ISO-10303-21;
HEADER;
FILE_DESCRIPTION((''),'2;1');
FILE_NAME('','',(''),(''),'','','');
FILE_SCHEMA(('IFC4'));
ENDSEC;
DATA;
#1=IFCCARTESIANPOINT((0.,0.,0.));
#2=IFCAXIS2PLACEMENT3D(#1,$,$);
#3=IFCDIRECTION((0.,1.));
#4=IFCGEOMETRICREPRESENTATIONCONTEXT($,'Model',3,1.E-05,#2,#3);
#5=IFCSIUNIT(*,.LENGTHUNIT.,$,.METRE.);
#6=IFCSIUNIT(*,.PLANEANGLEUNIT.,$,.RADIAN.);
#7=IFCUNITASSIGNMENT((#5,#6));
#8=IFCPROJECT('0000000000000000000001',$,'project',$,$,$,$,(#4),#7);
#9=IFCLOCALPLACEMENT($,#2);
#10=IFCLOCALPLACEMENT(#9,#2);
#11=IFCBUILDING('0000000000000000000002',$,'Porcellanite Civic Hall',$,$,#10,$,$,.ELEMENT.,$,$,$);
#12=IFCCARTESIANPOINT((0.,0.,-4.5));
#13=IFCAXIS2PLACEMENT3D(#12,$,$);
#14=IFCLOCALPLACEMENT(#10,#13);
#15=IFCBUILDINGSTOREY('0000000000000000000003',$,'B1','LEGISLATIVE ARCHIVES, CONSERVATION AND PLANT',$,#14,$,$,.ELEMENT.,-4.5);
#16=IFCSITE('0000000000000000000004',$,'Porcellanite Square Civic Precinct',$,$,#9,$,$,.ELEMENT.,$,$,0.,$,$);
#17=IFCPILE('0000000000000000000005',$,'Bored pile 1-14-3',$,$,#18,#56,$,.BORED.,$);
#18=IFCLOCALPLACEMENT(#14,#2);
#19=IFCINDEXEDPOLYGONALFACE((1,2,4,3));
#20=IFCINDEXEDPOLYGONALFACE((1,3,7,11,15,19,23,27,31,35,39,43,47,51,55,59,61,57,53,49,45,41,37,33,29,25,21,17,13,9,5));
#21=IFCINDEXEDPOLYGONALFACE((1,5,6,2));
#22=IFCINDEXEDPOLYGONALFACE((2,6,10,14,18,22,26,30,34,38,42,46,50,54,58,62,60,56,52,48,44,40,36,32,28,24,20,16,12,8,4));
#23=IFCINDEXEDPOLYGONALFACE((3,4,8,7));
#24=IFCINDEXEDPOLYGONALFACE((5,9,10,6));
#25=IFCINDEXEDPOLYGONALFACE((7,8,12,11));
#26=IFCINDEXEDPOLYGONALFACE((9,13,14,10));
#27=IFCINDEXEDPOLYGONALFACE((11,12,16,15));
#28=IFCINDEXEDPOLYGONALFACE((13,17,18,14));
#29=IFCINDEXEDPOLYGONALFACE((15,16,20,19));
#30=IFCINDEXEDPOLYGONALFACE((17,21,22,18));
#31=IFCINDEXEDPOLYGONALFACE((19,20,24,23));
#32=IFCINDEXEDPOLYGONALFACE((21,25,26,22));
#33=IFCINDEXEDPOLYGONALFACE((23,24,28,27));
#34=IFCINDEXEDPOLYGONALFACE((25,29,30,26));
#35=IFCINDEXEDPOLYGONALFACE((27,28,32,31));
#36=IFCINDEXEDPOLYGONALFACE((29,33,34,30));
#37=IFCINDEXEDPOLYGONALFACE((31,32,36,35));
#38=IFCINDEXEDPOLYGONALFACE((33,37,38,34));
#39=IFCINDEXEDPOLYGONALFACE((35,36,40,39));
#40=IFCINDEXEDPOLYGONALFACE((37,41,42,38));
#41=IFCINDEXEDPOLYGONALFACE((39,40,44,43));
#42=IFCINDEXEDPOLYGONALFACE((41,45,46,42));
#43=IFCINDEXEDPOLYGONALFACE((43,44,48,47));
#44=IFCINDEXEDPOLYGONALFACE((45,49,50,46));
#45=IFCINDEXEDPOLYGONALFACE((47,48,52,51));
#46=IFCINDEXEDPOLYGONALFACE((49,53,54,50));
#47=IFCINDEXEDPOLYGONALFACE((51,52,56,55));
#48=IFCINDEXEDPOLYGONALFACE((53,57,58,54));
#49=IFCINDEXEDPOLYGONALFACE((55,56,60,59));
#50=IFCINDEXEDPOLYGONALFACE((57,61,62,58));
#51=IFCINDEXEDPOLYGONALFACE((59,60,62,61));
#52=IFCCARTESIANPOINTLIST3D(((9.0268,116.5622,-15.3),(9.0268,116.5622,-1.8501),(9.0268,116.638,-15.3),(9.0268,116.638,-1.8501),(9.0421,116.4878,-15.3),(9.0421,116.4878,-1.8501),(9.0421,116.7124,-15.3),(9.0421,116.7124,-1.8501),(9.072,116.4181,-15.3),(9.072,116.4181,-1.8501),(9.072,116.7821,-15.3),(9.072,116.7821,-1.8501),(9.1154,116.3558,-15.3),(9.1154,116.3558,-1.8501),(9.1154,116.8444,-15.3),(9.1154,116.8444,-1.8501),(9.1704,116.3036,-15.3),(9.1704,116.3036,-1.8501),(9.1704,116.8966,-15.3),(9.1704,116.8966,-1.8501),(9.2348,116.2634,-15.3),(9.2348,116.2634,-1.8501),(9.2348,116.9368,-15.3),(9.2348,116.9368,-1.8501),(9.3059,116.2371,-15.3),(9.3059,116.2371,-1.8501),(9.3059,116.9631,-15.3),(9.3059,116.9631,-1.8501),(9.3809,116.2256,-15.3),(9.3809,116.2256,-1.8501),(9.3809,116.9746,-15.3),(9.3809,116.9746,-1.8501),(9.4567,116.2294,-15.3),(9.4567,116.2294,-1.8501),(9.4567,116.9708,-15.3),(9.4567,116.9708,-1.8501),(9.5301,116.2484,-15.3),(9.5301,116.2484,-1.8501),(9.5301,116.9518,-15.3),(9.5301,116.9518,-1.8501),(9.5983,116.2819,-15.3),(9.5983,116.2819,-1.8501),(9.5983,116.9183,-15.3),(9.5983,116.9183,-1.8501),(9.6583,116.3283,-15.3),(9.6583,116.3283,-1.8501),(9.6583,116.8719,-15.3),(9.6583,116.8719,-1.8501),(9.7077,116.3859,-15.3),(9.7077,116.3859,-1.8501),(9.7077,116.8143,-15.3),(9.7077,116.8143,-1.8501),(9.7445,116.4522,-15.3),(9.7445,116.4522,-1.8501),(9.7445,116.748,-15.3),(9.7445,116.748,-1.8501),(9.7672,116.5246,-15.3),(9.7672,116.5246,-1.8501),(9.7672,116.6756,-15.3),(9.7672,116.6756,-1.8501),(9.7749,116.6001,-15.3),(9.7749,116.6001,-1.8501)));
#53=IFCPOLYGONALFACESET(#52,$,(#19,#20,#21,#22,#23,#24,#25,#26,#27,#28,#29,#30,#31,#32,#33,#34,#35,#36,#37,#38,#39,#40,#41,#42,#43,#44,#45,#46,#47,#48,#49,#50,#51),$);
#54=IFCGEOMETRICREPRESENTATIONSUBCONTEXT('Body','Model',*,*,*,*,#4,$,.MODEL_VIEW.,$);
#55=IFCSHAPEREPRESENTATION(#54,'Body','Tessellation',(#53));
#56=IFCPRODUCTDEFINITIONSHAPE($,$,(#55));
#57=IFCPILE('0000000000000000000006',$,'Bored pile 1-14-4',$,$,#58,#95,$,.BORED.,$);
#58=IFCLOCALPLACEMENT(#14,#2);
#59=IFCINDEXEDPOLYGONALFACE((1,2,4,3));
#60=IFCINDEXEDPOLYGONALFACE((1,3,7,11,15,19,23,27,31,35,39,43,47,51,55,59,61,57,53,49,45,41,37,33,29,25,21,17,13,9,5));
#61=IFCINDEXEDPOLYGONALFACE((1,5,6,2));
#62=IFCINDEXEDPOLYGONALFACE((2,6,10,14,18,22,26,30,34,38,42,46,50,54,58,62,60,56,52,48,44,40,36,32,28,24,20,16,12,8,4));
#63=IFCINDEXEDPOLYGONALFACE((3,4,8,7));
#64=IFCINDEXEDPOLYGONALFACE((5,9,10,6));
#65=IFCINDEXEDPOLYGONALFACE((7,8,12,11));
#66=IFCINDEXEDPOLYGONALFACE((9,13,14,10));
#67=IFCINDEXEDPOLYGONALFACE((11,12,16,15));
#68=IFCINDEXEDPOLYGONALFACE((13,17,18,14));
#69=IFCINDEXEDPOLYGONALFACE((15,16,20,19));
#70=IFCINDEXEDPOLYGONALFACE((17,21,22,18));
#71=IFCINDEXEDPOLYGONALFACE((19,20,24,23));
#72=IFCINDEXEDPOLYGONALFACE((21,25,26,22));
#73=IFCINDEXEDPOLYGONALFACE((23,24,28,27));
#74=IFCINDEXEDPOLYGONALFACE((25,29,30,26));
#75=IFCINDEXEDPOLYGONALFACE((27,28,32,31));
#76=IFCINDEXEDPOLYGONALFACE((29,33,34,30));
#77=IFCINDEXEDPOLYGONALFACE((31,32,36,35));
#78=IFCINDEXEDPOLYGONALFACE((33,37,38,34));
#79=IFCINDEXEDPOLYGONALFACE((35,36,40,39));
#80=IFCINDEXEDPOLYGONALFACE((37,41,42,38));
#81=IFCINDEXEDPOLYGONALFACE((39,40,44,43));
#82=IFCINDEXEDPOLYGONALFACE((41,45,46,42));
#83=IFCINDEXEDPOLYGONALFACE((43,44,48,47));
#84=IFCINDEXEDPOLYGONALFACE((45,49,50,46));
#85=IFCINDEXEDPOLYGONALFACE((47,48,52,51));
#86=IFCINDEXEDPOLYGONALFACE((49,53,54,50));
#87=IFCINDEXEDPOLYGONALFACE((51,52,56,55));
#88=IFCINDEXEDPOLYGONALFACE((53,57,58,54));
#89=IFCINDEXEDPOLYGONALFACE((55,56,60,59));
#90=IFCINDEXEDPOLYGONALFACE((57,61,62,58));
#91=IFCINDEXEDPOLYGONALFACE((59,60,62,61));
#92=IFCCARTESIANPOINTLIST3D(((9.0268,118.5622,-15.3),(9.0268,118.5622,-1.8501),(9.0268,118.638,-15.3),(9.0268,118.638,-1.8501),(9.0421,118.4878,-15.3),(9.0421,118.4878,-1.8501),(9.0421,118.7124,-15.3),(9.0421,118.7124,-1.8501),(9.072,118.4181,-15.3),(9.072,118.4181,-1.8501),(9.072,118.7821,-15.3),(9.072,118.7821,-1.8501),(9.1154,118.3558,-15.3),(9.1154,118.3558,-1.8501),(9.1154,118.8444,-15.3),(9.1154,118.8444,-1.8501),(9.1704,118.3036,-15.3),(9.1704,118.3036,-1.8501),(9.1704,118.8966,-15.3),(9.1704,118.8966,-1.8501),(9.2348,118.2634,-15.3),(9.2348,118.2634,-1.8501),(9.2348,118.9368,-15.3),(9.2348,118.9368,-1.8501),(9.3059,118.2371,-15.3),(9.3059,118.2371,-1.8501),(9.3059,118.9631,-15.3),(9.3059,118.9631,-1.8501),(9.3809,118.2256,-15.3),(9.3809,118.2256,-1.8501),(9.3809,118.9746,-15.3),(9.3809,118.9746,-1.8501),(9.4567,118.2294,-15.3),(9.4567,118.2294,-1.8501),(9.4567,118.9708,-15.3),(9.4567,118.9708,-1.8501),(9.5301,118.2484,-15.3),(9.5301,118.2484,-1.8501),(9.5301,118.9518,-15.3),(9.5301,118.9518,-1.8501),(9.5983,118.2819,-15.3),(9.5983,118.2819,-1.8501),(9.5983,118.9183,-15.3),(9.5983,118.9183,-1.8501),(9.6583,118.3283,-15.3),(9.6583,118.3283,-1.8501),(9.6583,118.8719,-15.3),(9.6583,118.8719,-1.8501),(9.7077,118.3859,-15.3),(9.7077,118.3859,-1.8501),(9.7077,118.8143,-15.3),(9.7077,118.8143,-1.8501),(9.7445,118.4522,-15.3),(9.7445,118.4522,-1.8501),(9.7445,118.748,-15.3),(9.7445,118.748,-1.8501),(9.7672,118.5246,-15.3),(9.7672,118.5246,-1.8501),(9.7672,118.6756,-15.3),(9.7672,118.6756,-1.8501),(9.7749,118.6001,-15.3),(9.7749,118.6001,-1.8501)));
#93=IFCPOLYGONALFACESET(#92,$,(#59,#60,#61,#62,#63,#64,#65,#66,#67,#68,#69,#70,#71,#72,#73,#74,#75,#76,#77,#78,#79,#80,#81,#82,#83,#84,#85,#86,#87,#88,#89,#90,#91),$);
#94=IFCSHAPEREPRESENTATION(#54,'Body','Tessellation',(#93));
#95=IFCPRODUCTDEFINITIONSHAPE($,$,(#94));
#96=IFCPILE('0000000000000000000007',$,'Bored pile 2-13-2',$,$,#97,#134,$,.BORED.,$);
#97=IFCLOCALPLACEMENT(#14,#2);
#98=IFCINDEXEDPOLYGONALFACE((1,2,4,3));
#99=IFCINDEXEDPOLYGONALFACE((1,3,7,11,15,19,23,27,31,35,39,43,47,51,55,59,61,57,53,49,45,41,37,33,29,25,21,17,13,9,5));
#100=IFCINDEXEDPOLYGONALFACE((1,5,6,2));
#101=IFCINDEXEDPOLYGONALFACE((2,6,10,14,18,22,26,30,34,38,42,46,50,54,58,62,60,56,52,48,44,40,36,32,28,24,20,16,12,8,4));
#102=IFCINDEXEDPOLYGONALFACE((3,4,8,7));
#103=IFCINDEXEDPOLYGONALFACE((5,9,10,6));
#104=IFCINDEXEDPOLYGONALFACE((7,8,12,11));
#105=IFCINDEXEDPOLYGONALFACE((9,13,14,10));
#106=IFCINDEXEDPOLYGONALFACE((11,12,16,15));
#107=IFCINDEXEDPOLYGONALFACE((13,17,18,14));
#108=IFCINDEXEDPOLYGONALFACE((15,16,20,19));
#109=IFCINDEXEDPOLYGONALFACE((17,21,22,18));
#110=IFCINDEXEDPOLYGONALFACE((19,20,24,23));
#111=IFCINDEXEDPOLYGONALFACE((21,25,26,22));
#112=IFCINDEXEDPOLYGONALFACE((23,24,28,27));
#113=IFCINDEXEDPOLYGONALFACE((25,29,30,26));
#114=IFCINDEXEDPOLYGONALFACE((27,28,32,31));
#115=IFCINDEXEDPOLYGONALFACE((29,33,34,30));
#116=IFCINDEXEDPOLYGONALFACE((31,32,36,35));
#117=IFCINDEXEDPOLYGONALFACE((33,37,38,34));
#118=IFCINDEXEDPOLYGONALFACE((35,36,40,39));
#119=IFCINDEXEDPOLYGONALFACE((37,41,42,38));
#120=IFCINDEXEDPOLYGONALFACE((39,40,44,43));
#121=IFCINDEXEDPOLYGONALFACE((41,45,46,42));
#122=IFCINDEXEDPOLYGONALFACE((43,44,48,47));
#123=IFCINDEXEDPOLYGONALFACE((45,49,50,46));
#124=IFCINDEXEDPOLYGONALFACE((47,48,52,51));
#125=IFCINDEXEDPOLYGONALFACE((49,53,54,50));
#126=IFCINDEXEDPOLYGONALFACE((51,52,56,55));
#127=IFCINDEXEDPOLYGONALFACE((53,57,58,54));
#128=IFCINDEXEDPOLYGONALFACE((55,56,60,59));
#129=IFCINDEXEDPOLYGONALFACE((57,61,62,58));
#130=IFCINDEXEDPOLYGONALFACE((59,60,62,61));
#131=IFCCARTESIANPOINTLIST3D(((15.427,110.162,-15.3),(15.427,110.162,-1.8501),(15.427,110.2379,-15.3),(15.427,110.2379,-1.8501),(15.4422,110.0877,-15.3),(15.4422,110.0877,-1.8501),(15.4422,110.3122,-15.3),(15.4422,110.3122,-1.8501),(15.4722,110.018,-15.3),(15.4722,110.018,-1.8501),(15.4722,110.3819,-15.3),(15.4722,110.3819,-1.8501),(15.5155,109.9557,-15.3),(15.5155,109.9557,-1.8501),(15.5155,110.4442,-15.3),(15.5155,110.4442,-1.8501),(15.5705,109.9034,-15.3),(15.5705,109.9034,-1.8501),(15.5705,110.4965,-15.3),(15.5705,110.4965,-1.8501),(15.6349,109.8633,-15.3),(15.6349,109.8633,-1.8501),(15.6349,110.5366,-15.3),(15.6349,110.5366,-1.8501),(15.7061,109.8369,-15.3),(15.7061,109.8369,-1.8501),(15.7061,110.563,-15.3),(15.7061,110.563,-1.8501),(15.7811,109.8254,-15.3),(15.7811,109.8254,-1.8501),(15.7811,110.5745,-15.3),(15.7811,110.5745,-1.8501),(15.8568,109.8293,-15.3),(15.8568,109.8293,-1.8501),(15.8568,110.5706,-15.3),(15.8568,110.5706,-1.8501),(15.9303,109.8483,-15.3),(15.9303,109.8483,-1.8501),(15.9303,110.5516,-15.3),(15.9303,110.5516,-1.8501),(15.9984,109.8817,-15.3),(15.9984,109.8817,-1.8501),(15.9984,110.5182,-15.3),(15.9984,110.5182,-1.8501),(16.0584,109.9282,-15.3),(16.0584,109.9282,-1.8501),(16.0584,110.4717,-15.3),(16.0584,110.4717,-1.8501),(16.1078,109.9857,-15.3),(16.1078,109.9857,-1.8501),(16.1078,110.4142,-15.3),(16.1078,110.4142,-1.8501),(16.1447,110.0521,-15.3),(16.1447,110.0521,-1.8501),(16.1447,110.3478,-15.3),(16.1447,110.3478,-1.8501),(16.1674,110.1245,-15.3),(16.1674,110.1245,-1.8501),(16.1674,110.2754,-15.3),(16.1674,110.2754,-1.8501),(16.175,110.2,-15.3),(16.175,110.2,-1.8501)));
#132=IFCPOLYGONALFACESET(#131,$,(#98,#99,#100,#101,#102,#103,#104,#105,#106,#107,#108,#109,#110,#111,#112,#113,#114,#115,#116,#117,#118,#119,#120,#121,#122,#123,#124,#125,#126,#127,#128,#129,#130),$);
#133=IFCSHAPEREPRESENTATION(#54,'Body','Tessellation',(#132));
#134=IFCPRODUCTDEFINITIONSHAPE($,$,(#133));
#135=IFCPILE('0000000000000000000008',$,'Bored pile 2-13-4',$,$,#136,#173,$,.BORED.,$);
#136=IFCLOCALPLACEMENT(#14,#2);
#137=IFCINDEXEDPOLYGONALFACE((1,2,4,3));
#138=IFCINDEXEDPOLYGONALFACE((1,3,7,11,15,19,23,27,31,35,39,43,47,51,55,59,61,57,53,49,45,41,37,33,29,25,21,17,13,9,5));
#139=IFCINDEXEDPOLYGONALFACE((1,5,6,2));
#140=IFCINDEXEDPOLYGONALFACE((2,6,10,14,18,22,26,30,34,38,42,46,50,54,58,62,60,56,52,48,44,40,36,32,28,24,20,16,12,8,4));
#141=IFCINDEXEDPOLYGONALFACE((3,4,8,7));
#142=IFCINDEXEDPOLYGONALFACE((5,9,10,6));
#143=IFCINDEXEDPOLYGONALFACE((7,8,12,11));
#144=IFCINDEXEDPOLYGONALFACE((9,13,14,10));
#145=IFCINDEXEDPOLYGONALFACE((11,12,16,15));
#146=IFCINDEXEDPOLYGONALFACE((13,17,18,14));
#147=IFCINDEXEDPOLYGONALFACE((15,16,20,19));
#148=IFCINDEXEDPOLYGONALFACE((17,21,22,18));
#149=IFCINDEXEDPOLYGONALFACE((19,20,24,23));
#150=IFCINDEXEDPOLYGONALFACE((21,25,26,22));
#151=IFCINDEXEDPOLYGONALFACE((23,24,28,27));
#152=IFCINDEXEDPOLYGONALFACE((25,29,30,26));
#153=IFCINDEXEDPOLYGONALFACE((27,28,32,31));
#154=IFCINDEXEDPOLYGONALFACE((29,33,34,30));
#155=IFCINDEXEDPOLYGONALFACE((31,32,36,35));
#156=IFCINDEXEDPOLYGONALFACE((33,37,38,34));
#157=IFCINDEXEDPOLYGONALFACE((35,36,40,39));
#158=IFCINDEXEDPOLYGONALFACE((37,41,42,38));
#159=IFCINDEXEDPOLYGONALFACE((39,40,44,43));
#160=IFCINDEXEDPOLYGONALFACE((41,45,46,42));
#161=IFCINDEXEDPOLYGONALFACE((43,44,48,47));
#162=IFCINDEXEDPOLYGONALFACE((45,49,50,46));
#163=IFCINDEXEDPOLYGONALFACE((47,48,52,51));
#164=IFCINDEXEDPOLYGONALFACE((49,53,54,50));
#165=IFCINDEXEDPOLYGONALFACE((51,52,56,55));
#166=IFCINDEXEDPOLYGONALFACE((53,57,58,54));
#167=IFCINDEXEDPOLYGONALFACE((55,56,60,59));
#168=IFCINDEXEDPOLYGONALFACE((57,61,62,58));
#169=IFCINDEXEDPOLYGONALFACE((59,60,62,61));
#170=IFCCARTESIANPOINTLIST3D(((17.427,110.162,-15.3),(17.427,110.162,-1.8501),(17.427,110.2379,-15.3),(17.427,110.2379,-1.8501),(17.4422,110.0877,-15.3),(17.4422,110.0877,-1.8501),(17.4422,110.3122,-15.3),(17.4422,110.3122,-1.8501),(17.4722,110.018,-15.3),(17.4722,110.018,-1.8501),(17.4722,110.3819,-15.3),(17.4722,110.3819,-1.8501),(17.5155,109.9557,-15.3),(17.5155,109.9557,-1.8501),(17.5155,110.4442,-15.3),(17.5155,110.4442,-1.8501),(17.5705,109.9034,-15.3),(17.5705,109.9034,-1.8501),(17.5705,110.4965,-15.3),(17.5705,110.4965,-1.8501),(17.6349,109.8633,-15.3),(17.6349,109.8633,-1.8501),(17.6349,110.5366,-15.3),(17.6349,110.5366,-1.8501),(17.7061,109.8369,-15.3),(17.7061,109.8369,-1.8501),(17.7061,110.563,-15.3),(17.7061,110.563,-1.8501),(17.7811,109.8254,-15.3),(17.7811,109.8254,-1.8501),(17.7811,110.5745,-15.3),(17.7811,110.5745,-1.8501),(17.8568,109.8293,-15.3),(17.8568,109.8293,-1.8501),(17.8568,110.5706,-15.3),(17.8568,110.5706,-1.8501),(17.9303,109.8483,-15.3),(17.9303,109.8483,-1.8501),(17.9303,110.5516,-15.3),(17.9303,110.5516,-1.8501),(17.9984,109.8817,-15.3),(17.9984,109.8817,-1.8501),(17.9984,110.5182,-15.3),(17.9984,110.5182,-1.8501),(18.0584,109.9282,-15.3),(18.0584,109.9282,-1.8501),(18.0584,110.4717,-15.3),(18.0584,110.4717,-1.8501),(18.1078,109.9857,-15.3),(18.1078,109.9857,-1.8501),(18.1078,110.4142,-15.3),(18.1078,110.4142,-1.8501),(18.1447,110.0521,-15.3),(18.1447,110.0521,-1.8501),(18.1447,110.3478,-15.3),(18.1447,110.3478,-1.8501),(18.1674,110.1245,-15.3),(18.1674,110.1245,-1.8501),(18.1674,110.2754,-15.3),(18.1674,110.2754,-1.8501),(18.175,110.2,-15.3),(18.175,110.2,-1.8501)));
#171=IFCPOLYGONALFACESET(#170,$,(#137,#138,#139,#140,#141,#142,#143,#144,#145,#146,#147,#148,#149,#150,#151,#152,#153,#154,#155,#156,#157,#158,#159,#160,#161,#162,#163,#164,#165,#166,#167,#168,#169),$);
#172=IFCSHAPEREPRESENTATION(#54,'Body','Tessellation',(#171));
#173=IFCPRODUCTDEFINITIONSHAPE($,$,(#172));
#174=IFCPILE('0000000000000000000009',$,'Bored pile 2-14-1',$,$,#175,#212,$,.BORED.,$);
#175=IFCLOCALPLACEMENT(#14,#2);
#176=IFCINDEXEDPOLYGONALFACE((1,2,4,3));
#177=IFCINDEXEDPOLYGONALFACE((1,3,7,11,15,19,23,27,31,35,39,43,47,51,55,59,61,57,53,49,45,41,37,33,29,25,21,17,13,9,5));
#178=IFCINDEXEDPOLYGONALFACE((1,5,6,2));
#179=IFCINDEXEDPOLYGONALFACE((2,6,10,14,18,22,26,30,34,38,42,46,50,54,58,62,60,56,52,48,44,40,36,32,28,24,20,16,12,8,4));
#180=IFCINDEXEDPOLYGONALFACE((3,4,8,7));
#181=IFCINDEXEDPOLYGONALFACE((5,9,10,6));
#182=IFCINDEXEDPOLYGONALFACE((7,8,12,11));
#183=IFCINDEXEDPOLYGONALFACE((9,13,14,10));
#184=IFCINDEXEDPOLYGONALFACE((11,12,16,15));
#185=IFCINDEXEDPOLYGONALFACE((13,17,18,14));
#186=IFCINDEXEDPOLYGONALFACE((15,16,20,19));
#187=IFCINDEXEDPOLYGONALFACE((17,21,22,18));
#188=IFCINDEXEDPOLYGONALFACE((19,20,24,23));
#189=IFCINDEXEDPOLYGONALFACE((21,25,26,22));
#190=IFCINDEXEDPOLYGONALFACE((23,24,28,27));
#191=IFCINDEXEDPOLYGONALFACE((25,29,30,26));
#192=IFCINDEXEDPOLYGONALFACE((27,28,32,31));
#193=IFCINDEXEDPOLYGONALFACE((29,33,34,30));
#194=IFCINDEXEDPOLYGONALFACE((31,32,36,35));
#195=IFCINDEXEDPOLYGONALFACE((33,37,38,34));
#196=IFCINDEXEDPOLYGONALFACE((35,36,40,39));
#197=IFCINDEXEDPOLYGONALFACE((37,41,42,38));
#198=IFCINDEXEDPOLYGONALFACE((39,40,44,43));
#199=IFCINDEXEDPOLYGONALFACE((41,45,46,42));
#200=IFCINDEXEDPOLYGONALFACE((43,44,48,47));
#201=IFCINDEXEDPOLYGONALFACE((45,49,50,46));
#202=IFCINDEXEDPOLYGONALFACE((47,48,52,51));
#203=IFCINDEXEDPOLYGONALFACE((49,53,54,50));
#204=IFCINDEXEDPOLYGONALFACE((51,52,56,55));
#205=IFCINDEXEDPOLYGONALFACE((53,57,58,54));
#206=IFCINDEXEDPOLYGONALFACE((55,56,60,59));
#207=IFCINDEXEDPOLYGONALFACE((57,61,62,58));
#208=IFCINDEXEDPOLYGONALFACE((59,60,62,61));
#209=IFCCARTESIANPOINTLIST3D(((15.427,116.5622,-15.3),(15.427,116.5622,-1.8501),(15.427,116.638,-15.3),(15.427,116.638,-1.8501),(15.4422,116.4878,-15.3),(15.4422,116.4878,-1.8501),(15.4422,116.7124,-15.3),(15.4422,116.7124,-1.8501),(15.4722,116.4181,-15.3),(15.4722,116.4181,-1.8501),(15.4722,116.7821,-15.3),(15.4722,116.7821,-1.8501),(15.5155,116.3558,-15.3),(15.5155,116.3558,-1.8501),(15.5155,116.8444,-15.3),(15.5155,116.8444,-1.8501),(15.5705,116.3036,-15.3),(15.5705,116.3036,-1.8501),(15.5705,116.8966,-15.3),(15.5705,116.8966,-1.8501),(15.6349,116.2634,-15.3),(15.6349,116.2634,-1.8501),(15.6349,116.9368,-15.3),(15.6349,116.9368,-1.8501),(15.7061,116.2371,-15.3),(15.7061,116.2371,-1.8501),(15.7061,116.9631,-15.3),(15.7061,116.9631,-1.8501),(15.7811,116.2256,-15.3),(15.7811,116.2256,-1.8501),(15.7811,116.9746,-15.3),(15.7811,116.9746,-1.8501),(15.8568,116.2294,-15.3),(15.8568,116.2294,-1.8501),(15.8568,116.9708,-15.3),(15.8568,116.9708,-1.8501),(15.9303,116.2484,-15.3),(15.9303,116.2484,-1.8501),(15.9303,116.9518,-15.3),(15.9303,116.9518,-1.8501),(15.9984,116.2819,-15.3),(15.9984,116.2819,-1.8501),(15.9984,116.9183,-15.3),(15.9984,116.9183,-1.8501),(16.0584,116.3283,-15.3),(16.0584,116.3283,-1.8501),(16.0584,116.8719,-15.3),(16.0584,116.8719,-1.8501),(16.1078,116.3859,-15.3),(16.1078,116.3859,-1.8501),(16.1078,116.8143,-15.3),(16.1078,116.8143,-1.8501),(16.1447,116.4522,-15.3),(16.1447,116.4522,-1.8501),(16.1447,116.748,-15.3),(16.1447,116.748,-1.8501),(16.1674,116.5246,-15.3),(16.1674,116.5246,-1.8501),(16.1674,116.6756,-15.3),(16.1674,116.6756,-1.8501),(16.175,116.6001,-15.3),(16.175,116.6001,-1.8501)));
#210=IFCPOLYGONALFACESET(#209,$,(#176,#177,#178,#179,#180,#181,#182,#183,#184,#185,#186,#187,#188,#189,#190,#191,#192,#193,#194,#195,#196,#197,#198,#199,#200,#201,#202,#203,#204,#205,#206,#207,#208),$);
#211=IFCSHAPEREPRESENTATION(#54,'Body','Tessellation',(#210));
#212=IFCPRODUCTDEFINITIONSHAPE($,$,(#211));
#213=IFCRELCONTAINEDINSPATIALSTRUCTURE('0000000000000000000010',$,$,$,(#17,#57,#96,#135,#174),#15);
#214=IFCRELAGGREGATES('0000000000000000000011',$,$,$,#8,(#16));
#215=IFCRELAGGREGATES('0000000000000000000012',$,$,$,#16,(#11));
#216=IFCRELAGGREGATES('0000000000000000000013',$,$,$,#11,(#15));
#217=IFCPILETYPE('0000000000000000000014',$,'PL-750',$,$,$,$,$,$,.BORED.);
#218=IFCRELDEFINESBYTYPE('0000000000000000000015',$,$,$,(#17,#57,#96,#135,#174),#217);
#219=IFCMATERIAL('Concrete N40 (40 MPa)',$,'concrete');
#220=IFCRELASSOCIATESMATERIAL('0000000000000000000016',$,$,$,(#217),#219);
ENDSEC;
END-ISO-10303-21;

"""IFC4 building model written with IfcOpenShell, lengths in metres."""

from ifc_helpers import new_model, si_unit, direction, frame, origin, origin_2d, place, context, subcontext, project, spatial, circle, extrude, material, material_profile, profile_set, type_object, element, save


model = new_model("IFC4")

# Units and contexts
model_context = context("Model", 3, precision=1e-05, world=origin(), true_north=direction((0.0, 1.0)))
body_context = subcontext(model_context, "Body", "Model", "MODEL_VIEW")
ifc_project = project(units=[si_unit("LENGTHUNIT", "METRE"), si_unit("PLANEANGLEUNIT", "RADIAN")], contexts=[model_context])

# Site, building, storey
site_placement = place(None, origin())
site = spatial("IfcSite", under=ifc_project, at=site_placement, Name="Porcellanite Square Civic Precinct", CompositionType="ELEMENT", RefElevation=0.0)
building_placement = place(site_placement, origin())
building = spatial("IfcBuilding", under=site, at=building_placement, Name="Porcellanite Civic Hall", CompositionType="ELEMENT")
storey_placement = place(building_placement, frame((0.0, 0.0, -4.5)))
storey = spatial("IfcBuildingStorey", under=building, at=storey_placement, Name="B1", Description="LEGISLATIVE ARCHIVES, CONSERVATION AND PLANT", CompositionType="ELEMENT", Elevation=-4.5)

# Piles
ifc_material_1 = material(Name="Concrete N40 (40 MPa)", Category="concrete")
ifc_material_profile_1 = material_profile(ifc_material_1, circle(Radius=0.375, at=origin_2d()), Name="PILE-D750")
ifc_profile_set_1 = profile_set([ifc_material_profile_1], Name="Concrete N40 (40 MPa)")
pile_type_1 = type_object("IfcPileType", Name="PL-750", PredefinedType="BORED", material=ifc_profile_set_1)
for number, where, z_axis, x_axis, name in (
    (1, (9.3999, 116.6001, -1.8501), (0.0, 0.0, -1.0), (1.0, 0.0, 0.0), "Bored pile 1-14-3"),
    (2, (9.3999, 118.6001, -1.8501), (0.0, 0.0, -1.0), (1.0, 0.0, 0.0), "Bored pile 1-14-4"),
    (3, (15.8, 110.2, -1.8501), (0.0, 0.0, -1.0), (1.0, 0.0, 0.0), "Bored pile 2-13-2"),
    (4, (17.8, 110.2, -1.8501), (0.0, 0.0, -1.0), (1.0, 0.0, 0.0), "Bored pile 2-13-4"),
    (5, (15.8, 116.6001, -1.8501), (0.0, 0.0, -1.0), (1.0, 0.0, 0.0), "Bored pile 2-14-1"),
):
    element("IfcPile", number, at=place(storey_placement, frame(where, z_axis=z_axis, x_axis=x_axis)), inside=storey, type_object=pile_type_1, Name=name, PredefinedType="BORED", context=body_context, shape_type="SweptSolid", body=[
        extrude(circle(Radius=0.375, at=origin_2d()), origin(), (0.0, 0.0, 1.0), 13.45),
    ])

save(model, "model.ifc")
